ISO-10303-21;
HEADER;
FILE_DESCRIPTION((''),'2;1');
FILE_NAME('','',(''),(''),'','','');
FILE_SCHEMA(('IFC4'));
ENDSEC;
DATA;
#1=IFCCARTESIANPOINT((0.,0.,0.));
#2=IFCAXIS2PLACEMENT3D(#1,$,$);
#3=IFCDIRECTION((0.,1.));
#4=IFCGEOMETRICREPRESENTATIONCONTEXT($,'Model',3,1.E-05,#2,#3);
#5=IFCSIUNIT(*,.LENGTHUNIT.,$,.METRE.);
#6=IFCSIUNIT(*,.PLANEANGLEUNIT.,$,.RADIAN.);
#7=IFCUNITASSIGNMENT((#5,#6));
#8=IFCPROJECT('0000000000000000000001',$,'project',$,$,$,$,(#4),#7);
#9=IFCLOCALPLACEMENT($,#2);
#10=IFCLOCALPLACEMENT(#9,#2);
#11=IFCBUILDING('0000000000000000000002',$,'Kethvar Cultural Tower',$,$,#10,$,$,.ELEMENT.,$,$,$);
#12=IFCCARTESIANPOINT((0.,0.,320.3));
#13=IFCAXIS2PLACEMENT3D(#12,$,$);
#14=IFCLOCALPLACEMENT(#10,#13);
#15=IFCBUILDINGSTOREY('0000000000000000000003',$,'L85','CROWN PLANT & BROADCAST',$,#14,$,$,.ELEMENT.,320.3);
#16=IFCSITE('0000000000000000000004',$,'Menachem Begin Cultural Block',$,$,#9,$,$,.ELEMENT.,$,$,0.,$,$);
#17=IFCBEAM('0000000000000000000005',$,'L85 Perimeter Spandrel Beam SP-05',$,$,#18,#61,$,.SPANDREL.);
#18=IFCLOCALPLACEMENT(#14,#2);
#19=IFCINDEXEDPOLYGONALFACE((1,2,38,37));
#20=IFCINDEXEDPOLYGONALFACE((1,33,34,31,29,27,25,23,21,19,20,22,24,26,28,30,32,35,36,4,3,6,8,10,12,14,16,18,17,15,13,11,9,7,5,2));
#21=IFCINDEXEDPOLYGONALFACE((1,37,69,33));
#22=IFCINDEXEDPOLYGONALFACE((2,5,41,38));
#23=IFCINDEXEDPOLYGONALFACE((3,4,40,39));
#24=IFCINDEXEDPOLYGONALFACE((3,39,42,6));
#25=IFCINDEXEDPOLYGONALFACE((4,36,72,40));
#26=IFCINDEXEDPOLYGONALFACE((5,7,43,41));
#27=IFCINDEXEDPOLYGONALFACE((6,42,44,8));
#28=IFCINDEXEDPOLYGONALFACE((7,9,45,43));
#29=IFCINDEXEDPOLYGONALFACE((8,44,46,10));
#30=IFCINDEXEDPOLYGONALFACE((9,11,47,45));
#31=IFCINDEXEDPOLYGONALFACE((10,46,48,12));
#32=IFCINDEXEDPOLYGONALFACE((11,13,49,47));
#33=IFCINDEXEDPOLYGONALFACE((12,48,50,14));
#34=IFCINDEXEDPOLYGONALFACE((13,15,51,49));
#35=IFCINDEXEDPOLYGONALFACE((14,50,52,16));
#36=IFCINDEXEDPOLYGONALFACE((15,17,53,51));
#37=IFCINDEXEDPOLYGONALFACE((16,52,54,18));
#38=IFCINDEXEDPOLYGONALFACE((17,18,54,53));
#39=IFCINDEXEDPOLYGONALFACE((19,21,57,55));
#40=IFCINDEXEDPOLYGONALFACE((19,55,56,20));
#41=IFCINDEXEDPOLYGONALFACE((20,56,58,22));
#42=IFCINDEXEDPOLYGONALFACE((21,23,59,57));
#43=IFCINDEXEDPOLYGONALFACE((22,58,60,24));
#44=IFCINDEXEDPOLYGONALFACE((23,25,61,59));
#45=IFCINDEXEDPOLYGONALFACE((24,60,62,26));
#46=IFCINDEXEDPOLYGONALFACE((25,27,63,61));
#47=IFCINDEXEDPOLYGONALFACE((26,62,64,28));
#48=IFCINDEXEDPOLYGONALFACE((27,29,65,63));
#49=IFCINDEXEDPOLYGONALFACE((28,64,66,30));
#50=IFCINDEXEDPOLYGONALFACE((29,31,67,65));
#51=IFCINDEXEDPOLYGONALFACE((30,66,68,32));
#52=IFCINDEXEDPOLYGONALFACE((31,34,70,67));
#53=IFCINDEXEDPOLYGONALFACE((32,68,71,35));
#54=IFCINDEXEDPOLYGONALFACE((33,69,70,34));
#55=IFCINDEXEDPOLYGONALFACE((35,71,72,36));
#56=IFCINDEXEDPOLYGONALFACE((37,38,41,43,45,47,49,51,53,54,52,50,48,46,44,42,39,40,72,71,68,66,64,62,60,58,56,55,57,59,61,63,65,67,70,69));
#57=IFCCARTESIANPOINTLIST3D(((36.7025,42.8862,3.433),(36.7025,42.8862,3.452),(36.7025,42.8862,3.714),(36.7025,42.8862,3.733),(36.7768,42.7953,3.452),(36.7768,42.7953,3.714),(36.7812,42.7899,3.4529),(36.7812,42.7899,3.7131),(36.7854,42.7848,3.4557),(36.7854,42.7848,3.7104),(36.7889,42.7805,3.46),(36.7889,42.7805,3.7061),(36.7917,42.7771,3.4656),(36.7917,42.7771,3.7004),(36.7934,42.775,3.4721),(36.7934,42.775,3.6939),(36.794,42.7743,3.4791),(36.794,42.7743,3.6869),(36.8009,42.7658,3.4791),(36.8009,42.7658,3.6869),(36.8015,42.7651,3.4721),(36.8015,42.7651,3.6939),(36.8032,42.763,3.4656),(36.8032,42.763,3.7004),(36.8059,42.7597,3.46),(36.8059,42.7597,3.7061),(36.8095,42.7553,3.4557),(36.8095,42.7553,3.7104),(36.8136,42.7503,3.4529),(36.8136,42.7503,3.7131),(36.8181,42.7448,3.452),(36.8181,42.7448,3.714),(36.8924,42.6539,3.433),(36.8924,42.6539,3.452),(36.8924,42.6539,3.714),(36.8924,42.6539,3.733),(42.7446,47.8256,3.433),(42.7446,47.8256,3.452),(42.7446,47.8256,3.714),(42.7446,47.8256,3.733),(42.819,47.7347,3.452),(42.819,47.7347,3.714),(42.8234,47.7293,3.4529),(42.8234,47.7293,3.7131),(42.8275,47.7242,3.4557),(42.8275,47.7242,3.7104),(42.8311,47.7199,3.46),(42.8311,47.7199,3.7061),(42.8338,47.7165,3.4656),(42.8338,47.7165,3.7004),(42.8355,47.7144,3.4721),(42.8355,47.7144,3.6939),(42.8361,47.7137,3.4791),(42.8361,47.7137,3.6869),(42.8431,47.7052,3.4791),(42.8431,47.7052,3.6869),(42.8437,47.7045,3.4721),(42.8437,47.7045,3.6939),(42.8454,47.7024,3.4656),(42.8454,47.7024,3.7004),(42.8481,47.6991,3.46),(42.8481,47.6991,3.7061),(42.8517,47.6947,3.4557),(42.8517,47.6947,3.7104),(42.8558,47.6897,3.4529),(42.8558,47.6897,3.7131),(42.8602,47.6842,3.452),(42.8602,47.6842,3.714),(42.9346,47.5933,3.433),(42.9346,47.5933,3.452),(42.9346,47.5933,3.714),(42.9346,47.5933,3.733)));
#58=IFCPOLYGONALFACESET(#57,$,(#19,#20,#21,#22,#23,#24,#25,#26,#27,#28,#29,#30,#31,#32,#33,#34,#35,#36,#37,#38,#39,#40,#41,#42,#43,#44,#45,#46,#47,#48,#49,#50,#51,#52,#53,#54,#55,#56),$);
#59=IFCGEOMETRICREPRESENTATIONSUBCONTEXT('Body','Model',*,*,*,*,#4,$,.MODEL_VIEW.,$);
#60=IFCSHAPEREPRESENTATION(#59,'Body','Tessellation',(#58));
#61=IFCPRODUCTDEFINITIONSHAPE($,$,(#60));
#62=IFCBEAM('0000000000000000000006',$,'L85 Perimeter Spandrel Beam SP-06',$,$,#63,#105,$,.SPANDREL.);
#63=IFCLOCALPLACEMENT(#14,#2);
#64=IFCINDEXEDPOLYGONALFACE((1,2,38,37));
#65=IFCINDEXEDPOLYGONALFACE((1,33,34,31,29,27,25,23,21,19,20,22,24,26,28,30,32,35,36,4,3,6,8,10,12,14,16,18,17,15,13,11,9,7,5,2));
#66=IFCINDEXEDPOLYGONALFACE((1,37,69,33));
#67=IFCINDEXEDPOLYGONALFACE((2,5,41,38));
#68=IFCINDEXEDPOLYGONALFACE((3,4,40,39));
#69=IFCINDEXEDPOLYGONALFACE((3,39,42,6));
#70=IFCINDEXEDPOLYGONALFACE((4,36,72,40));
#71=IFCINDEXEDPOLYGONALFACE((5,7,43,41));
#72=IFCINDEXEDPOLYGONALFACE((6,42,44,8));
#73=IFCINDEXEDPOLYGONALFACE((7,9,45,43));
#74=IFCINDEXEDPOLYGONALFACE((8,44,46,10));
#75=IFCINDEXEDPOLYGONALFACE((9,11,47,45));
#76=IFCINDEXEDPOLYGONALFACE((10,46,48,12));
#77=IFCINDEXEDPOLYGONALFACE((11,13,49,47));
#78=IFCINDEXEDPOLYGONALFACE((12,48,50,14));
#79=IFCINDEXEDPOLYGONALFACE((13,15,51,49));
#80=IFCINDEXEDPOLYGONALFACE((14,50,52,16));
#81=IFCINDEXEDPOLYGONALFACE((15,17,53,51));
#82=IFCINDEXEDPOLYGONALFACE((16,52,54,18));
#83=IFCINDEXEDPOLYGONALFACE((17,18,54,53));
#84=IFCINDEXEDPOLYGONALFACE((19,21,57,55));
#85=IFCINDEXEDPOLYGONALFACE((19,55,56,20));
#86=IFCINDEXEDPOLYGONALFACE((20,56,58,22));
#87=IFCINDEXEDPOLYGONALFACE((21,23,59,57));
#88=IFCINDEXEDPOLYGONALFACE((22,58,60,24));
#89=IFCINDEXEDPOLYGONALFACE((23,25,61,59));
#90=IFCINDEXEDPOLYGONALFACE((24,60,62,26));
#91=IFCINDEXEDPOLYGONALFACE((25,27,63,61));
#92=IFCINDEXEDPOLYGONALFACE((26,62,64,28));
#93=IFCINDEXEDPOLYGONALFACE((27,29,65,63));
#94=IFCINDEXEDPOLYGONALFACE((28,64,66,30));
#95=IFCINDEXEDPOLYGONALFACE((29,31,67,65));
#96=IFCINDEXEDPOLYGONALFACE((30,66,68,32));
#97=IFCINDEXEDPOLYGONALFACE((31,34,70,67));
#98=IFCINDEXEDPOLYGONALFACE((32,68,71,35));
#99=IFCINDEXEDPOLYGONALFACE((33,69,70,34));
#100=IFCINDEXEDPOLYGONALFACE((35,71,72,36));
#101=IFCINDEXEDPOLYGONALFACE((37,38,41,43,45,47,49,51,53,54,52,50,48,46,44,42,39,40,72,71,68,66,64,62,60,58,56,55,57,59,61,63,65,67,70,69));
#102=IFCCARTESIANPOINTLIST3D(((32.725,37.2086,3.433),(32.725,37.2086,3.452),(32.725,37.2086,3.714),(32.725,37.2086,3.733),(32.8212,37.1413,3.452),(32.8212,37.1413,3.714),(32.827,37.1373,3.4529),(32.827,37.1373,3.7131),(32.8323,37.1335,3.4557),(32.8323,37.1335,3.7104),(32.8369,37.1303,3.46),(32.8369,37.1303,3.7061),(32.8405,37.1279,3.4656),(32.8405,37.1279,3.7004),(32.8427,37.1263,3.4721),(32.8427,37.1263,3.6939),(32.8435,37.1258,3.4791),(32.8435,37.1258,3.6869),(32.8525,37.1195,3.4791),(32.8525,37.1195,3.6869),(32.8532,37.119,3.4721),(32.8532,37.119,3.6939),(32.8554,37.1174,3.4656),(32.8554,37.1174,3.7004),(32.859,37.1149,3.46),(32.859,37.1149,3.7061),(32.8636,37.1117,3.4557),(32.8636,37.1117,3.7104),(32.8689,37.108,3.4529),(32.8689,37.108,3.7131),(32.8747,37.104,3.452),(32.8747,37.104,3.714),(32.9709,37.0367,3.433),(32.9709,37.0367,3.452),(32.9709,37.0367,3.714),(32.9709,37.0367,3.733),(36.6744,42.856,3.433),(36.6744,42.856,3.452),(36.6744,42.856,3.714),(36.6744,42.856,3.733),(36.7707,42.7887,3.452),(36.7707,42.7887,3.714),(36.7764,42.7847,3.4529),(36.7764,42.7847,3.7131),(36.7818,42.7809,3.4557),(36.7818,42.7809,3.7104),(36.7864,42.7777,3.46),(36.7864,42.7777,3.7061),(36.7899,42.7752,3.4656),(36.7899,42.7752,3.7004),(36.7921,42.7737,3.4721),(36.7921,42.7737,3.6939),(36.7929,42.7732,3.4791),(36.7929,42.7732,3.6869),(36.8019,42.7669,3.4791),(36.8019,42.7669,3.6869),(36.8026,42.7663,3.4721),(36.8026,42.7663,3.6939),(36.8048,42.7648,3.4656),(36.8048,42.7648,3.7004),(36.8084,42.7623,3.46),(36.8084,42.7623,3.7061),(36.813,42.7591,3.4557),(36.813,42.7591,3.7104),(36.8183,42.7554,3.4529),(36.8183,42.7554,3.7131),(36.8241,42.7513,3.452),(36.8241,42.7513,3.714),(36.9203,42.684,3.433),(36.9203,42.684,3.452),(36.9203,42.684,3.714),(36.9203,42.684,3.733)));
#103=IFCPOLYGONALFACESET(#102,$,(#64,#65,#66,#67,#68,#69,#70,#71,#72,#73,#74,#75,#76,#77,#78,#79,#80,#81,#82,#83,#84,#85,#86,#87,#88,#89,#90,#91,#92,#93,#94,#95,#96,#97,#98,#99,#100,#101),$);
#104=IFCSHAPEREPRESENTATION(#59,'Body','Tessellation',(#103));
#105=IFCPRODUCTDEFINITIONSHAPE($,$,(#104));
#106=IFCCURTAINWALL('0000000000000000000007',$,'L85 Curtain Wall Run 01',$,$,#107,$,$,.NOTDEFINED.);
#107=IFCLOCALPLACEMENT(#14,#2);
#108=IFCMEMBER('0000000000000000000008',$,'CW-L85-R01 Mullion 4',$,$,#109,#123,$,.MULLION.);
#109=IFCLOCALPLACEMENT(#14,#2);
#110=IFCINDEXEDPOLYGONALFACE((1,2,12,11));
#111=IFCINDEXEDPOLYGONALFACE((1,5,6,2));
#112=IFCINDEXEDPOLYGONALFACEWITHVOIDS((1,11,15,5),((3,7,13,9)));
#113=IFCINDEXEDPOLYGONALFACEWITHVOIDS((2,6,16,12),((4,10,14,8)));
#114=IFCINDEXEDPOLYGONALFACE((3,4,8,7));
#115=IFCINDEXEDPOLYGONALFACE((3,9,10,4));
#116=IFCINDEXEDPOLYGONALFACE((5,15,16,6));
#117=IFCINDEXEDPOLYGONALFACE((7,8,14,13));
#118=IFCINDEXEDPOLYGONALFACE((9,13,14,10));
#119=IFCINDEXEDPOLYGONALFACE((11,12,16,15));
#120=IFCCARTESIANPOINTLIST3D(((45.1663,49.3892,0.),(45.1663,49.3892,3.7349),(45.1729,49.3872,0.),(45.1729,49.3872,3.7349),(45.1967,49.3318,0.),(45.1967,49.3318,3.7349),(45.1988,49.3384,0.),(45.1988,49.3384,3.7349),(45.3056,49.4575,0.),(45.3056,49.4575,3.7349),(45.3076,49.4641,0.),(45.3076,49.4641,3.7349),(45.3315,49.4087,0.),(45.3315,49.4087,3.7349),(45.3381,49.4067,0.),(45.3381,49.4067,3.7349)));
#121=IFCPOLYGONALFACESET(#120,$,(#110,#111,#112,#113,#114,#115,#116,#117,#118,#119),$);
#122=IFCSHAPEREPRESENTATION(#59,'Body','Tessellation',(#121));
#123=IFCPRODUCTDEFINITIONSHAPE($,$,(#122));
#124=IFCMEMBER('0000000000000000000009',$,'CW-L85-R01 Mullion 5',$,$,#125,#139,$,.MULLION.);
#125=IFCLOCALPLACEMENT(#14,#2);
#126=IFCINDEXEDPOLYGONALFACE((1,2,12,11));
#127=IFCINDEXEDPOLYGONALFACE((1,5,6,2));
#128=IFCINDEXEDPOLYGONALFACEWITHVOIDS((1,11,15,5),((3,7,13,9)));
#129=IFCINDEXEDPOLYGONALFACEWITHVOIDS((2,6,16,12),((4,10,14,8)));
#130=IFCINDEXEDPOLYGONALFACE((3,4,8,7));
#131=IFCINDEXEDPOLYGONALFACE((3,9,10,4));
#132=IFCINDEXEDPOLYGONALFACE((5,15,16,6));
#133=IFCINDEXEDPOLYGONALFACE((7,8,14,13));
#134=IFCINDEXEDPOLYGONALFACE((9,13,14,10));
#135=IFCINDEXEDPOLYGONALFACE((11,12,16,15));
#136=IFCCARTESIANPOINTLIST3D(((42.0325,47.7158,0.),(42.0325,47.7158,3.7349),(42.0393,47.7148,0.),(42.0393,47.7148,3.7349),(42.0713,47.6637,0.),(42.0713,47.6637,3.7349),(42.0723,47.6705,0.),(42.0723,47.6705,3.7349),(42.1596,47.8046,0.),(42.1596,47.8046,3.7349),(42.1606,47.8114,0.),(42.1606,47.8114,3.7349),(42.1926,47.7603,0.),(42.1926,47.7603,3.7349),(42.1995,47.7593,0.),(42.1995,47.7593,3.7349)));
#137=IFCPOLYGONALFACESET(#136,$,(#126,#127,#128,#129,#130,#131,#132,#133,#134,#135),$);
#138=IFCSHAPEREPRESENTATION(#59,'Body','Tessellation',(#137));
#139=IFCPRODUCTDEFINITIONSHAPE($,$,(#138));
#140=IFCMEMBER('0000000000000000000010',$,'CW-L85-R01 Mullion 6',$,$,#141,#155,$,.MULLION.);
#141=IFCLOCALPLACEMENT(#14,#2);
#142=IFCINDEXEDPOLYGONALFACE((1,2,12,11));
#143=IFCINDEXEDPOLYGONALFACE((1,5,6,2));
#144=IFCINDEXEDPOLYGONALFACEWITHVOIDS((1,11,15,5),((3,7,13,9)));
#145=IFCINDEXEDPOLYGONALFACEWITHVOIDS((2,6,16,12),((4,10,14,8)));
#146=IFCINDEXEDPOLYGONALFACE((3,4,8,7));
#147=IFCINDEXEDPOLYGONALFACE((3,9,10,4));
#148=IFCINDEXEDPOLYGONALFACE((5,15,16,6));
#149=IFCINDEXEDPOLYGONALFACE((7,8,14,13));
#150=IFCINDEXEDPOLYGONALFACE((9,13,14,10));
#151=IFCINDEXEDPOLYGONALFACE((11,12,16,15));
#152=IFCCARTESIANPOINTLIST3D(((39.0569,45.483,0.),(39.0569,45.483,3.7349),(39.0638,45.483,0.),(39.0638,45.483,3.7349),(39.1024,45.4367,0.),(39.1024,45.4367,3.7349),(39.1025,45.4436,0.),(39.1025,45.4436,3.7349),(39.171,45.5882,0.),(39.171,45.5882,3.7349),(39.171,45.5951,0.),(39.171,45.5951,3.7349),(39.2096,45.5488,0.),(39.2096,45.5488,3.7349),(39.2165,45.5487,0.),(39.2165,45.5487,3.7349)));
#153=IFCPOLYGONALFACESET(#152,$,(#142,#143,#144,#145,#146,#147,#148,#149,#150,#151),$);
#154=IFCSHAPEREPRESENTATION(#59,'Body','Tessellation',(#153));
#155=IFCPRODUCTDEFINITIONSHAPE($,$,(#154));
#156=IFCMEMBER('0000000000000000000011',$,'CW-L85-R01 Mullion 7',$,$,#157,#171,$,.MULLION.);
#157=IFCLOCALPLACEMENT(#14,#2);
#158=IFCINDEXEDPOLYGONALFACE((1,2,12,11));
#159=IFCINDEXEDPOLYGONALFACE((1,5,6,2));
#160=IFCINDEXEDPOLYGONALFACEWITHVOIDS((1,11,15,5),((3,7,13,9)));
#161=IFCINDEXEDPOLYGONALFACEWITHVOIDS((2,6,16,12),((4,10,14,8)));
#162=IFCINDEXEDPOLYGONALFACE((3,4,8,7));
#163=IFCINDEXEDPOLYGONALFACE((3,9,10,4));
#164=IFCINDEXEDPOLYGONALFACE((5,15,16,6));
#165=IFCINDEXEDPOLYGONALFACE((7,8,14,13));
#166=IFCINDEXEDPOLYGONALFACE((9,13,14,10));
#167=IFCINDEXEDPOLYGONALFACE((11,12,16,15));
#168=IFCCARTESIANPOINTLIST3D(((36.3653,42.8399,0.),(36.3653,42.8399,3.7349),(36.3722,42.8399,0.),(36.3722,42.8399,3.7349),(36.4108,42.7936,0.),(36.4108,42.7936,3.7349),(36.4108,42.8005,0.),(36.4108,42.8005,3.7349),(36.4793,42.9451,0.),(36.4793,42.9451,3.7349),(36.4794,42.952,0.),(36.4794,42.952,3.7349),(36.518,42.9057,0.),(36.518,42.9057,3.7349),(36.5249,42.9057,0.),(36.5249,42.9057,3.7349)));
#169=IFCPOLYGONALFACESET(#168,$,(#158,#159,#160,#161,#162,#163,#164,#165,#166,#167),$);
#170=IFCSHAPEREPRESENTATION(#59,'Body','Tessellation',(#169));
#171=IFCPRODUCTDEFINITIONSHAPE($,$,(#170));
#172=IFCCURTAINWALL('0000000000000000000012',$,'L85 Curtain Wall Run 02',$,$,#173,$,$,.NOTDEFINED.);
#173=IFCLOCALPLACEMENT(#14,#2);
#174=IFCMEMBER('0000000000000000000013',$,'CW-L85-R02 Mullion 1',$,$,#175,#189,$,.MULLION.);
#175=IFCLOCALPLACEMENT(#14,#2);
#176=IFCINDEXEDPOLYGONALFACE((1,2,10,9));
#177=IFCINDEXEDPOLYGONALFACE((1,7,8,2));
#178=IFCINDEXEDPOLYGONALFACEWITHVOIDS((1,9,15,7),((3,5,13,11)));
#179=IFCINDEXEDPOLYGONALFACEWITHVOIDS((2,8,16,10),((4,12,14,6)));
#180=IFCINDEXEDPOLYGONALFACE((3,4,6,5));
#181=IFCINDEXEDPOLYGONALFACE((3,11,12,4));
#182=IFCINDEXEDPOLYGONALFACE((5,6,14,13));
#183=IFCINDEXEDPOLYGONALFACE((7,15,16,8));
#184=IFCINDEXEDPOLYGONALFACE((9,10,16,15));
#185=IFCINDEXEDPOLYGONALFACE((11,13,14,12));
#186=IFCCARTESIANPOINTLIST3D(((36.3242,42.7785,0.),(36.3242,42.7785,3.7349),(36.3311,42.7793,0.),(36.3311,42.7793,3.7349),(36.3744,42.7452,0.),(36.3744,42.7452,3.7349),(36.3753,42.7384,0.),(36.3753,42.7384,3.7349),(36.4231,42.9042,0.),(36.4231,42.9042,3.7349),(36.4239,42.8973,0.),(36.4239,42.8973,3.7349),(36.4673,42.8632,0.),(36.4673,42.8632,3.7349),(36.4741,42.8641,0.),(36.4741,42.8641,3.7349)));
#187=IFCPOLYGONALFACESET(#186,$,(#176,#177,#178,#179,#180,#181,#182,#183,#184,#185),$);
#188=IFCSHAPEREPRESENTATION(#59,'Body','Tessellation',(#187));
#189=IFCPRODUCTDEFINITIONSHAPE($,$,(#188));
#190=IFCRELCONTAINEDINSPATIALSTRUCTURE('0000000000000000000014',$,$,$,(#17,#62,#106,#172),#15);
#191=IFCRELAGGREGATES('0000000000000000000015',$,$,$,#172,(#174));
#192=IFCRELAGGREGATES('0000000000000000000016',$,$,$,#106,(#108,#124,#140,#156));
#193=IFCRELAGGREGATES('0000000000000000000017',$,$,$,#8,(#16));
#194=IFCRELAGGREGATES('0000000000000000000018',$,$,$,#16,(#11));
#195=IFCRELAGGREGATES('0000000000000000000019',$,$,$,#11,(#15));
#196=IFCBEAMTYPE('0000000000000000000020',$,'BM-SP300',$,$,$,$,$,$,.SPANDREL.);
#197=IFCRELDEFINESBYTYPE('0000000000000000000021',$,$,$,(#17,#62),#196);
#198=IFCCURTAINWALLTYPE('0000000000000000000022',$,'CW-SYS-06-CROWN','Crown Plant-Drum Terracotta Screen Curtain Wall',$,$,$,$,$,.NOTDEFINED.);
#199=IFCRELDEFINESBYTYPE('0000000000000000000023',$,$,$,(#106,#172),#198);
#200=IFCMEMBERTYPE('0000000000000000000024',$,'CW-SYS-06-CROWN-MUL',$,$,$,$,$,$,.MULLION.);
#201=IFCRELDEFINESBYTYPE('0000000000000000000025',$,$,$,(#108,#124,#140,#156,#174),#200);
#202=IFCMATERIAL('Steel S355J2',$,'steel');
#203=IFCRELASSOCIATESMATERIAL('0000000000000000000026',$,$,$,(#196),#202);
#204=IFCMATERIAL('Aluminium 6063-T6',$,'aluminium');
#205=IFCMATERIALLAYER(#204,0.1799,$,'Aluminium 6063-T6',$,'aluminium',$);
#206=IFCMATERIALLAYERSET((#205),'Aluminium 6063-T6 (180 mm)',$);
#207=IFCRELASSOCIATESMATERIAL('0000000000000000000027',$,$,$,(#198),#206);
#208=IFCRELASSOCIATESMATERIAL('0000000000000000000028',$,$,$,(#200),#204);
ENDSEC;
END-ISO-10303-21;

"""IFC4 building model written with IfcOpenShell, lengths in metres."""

from ifc_helpers import new_model, si_unit, direction, frame, origin, origin_2d, place, context, subcontext, project, spatial, hollow_rectangle, i_section, extrude, source, transform, mapped, material, layer, layer_set, material_profile, profile_set, type_object, element, aggregate, save


model = new_model("IFC4")

# Units and contexts
model_context = context("Model", 3, precision=1e-05, world=origin(), true_north=direction((0.0, 1.0)))
body_context = subcontext(model_context, "Body", "Model", "MODEL_VIEW")
ifc_project = project(units=[si_unit("LENGTHUNIT", "METRE"), si_unit("PLANEANGLEUNIT", "RADIAN")], contexts=[model_context])

# Site, building, storey
site_placement = place(None, origin())
site = spatial("IfcSite", under=ifc_project, at=site_placement, Name="Menachem Begin Cultural Block", CompositionType="ELEMENT", RefElevation=0.0)
building_placement = place(site_placement, origin())
building = spatial("IfcBuilding", under=site, at=building_placement, Name="Kethvar Cultural Tower", CompositionType="ELEMENT")
storey_placement = place(building_placement, frame((0.0, 0.0, 320.3)))
storey = spatial("IfcBuildingStorey", under=building, at=storey_placement, Name="L85", Description="CROWN PLANT & BROADCAST", CompositionType="ELEMENT", Elevation=320.3)

# Shared definitions
ifc_material_1 = material(Name="Steel S355J2", Category="steel")

# Beams
ifc_material_profile_1 = material_profile(ifc_material_1, i_section(OverallWidth=0.3, OverallDepth=0.3, WebThickness=0.011, FlangeThickness=0.019, FilletRadius=0.0271, at=origin_2d()), Name="Steel S355J2 — HEB300")
ifc_profile_set_1 = profile_set([ifc_material_profile_1], Name="Steel S355J2 — HEB300")
beam_type_1 = type_object("IfcBeamType", Name="BM-SP300", PredefinedType="SPANDREL", material=ifc_profile_set_1)
shared_shape_1 = source(origin(), body_context, "Body", "SweptSolid", [
    extrude(i_section(OverallWidth=0.3, OverallDepth=0.3, WebThickness=0.011, FlangeThickness=0.019, FilletRadius=0.0271, at=origin_2d()), origin(), (0.0, 0.0, 1.0), 7.8042),
])
beam_1_placement = place(storey_placement, frame((42.8396, 47.7095, 3.583), z_axis=(-0.774221, -0.632916, 0.0), x_axis=(0.632916, -0.774221, 0.0)))
element("IfcBeam", 1, at=beam_1_placement, inside=storey, type_object=beam_type_1, Name="L85 Perimeter Spandrel Beam SP-05", PredefinedType="SPANDREL", context=body_context, shape_type="MappedRepresentation", body=[
    mapped(shared_shape_1, transform((0.0, 0.0, 0.0), scale=1.0)),
])
shared_shape_2 = source(origin(), body_context, "Body", "SweptSolid", [
    extrude(i_section(OverallWidth=0.3, OverallDepth=0.3, WebThickness=0.011, FlangeThickness=0.019, FilletRadius=0.0271, at=origin_2d()), origin(), (0.0, 0.0, 1.0), 6.8914),
])
beam_2_placement = place(storey_placement, frame((36.7974, 42.77, 3.583), z_axis=(-0.573096, -0.819488, 0.0), x_axis=(0.819488, -0.573096, 0.0)))
element("IfcBeam", 2, at=beam_2_placement, inside=storey, type_object=beam_type_1, Name="L85 Perimeter Spandrel Beam SP-06", PredefinedType="SPANDREL", context=body_context, shape_type="MappedRepresentation", body=[
    mapped(shared_shape_2, transform((0.0, 0.0, 0.0), scale=1.0)),
])

# Curtain wall, members
ifc_material_2 = material(Name="Aluminium 6063-T6", Category="aluminium")
ifc_layer_1 = layer(ifc_material_2, 0.1799, Name="Aluminium 6063-T6", Category="aluminium")
ifc_layer_set_1 = layer_set([ifc_layer_1], Name="Aluminium 6063-T6 (180 mm)")
curtain_wall_type = type_object("IfcCurtainWallType", Name="CW-SYS-06-CROWN", Description="Crown Plant-Drum Terracotta Screen Curtain Wall", PredefinedType="NOTDEFINED", material=ifc_layer_set_1)
curtain_wall_1_placement = place(storey_placement, origin())
curtain_wall_1 = element("IfcCurtainWall", 3, at=curtain_wall_1_placement, inside=storey, type_object=curtain_wall_type, Name="L85 Curtain Wall Run 01", PredefinedType="NOTDEFINED")
ifc_material_profile_2 = material_profile(ifc_material_2, hollow_rectangle(XDim=0.0649, YDim=0.1599, WallThickness=0.0049, at=origin_2d()), Name="Aluminium 6063-T6 — RHS160x65x5")
ifc_profile_set_2 = profile_set([ifc_material_profile_2], Name="Aluminium 6063-T6 — RHS160x65x5")
member_type_1 = type_object("IfcMemberType", Name="CW-SYS-06-CROWN-MUL", PredefinedType="MULLION", material=ifc_profile_set_2)
shared_shape_3 = source(origin(), body_context, "Body", "SweptSolid", [
    extrude(hollow_rectangle(XDim=0.0649, YDim=0.1599, WallThickness=0.0049, at=origin_2d()), origin(), (0.0, 0.0, 1.0), 3.7349),
])
member_1_placement = place(storey_placement, frame((45.2522, 49.3979, 0.0), z_axis=(0.0, 0.0, 1.0), x_axis=(0.468207, -0.883619, 0.0)))
member_1 = element("IfcMember", 4, at=member_1_placement, type_object=member_type_1, Name="CW-L85-R01 Mullion 4", PredefinedType="MULLION", context=body_context, shape_type="MappedRepresentation", body=[
    mapped(shared_shape_3, transform((0.0, 0.0, 0.0), scale=1.0)),
])
member_2_placement = place(storey_placement, frame((42.116, 47.7375, 0.0), z_axis=(0.0, 0.0, 1.0), x_axis=(0.598073, -0.801442, 0.0)))
member_2 = element("IfcMember", 5, at=member_2_placement, type_object=member_type_1, Name="CW-L85-R01 Mullion 5", PredefinedType="MULLION", context=body_context, shape_type="MappedRepresentation", body=[
    mapped(shared_shape_3, transform((0.0, 0.0, 0.0), scale=1.0)),
])
member_3_placement = place(storey_placement, frame((39.1367, 45.5159, 0.0), z_axis=(0.0, 0.0, 1.0), x_axis=(0.70066, -0.713495, 0.0)))
member_3 = element("IfcMember", 6, at=member_3_placement, type_object=member_type_1, Name="CW-L85-R01 Mullion 6", PredefinedType="MULLION", context=body_context, shape_type="MappedRepresentation", body=[
    mapped(shared_shape_3, transform((0.0, 0.0, 0.0), scale=1.0)),
])
member_4_placement = place(storey_placement, frame((36.4451, 42.8728, 0.0), z_axis=(0.0, 0.0, 1.0), x_axis=(0.70066, -0.713495, 0.0)))
member_4 = element("IfcMember", 7, at=member_4_placement, type_object=member_type_1, Name="CW-L85-R01 Mullion 7", PredefinedType="MULLION", context=body_context, shape_type="MappedRepresentation", body=[
    mapped(shared_shape_3, transform((0.0, 0.0, 0.0), scale=1.0)),
])

# Curtain wall, member
curtain_wall_2_placement = place(storey_placement, origin())
curtain_wall_2 = element("IfcCurtainWall", 8, at=curtain_wall_2_placement, inside=storey, type_object=curtain_wall_type, Name="L85 Curtain Wall Run 02", PredefinedType="NOTDEFINED")
member_5_placement = place(storey_placement, frame((36.3992, 42.8213, 0.0), z_axis=(0.0, 0.0, 1.0), x_axis=(0.785943, -0.618299, 0.0)))
member_5 = element("IfcMember", 9, at=member_5_placement, type_object=member_type_1, Name="CW-L85-R02 Mullion 1", PredefinedType="MULLION", context=body_context, shape_type="MappedRepresentation", body=[
    mapped(shared_shape_3, transform((0.0, 0.0, 0.0), scale=1.0)),
])

aggregate(curtain_wall_2, [member_5])

aggregate(curtain_wall_1, [member_1, member_2, member_3, member_4])

save(model, "model.ifc")
